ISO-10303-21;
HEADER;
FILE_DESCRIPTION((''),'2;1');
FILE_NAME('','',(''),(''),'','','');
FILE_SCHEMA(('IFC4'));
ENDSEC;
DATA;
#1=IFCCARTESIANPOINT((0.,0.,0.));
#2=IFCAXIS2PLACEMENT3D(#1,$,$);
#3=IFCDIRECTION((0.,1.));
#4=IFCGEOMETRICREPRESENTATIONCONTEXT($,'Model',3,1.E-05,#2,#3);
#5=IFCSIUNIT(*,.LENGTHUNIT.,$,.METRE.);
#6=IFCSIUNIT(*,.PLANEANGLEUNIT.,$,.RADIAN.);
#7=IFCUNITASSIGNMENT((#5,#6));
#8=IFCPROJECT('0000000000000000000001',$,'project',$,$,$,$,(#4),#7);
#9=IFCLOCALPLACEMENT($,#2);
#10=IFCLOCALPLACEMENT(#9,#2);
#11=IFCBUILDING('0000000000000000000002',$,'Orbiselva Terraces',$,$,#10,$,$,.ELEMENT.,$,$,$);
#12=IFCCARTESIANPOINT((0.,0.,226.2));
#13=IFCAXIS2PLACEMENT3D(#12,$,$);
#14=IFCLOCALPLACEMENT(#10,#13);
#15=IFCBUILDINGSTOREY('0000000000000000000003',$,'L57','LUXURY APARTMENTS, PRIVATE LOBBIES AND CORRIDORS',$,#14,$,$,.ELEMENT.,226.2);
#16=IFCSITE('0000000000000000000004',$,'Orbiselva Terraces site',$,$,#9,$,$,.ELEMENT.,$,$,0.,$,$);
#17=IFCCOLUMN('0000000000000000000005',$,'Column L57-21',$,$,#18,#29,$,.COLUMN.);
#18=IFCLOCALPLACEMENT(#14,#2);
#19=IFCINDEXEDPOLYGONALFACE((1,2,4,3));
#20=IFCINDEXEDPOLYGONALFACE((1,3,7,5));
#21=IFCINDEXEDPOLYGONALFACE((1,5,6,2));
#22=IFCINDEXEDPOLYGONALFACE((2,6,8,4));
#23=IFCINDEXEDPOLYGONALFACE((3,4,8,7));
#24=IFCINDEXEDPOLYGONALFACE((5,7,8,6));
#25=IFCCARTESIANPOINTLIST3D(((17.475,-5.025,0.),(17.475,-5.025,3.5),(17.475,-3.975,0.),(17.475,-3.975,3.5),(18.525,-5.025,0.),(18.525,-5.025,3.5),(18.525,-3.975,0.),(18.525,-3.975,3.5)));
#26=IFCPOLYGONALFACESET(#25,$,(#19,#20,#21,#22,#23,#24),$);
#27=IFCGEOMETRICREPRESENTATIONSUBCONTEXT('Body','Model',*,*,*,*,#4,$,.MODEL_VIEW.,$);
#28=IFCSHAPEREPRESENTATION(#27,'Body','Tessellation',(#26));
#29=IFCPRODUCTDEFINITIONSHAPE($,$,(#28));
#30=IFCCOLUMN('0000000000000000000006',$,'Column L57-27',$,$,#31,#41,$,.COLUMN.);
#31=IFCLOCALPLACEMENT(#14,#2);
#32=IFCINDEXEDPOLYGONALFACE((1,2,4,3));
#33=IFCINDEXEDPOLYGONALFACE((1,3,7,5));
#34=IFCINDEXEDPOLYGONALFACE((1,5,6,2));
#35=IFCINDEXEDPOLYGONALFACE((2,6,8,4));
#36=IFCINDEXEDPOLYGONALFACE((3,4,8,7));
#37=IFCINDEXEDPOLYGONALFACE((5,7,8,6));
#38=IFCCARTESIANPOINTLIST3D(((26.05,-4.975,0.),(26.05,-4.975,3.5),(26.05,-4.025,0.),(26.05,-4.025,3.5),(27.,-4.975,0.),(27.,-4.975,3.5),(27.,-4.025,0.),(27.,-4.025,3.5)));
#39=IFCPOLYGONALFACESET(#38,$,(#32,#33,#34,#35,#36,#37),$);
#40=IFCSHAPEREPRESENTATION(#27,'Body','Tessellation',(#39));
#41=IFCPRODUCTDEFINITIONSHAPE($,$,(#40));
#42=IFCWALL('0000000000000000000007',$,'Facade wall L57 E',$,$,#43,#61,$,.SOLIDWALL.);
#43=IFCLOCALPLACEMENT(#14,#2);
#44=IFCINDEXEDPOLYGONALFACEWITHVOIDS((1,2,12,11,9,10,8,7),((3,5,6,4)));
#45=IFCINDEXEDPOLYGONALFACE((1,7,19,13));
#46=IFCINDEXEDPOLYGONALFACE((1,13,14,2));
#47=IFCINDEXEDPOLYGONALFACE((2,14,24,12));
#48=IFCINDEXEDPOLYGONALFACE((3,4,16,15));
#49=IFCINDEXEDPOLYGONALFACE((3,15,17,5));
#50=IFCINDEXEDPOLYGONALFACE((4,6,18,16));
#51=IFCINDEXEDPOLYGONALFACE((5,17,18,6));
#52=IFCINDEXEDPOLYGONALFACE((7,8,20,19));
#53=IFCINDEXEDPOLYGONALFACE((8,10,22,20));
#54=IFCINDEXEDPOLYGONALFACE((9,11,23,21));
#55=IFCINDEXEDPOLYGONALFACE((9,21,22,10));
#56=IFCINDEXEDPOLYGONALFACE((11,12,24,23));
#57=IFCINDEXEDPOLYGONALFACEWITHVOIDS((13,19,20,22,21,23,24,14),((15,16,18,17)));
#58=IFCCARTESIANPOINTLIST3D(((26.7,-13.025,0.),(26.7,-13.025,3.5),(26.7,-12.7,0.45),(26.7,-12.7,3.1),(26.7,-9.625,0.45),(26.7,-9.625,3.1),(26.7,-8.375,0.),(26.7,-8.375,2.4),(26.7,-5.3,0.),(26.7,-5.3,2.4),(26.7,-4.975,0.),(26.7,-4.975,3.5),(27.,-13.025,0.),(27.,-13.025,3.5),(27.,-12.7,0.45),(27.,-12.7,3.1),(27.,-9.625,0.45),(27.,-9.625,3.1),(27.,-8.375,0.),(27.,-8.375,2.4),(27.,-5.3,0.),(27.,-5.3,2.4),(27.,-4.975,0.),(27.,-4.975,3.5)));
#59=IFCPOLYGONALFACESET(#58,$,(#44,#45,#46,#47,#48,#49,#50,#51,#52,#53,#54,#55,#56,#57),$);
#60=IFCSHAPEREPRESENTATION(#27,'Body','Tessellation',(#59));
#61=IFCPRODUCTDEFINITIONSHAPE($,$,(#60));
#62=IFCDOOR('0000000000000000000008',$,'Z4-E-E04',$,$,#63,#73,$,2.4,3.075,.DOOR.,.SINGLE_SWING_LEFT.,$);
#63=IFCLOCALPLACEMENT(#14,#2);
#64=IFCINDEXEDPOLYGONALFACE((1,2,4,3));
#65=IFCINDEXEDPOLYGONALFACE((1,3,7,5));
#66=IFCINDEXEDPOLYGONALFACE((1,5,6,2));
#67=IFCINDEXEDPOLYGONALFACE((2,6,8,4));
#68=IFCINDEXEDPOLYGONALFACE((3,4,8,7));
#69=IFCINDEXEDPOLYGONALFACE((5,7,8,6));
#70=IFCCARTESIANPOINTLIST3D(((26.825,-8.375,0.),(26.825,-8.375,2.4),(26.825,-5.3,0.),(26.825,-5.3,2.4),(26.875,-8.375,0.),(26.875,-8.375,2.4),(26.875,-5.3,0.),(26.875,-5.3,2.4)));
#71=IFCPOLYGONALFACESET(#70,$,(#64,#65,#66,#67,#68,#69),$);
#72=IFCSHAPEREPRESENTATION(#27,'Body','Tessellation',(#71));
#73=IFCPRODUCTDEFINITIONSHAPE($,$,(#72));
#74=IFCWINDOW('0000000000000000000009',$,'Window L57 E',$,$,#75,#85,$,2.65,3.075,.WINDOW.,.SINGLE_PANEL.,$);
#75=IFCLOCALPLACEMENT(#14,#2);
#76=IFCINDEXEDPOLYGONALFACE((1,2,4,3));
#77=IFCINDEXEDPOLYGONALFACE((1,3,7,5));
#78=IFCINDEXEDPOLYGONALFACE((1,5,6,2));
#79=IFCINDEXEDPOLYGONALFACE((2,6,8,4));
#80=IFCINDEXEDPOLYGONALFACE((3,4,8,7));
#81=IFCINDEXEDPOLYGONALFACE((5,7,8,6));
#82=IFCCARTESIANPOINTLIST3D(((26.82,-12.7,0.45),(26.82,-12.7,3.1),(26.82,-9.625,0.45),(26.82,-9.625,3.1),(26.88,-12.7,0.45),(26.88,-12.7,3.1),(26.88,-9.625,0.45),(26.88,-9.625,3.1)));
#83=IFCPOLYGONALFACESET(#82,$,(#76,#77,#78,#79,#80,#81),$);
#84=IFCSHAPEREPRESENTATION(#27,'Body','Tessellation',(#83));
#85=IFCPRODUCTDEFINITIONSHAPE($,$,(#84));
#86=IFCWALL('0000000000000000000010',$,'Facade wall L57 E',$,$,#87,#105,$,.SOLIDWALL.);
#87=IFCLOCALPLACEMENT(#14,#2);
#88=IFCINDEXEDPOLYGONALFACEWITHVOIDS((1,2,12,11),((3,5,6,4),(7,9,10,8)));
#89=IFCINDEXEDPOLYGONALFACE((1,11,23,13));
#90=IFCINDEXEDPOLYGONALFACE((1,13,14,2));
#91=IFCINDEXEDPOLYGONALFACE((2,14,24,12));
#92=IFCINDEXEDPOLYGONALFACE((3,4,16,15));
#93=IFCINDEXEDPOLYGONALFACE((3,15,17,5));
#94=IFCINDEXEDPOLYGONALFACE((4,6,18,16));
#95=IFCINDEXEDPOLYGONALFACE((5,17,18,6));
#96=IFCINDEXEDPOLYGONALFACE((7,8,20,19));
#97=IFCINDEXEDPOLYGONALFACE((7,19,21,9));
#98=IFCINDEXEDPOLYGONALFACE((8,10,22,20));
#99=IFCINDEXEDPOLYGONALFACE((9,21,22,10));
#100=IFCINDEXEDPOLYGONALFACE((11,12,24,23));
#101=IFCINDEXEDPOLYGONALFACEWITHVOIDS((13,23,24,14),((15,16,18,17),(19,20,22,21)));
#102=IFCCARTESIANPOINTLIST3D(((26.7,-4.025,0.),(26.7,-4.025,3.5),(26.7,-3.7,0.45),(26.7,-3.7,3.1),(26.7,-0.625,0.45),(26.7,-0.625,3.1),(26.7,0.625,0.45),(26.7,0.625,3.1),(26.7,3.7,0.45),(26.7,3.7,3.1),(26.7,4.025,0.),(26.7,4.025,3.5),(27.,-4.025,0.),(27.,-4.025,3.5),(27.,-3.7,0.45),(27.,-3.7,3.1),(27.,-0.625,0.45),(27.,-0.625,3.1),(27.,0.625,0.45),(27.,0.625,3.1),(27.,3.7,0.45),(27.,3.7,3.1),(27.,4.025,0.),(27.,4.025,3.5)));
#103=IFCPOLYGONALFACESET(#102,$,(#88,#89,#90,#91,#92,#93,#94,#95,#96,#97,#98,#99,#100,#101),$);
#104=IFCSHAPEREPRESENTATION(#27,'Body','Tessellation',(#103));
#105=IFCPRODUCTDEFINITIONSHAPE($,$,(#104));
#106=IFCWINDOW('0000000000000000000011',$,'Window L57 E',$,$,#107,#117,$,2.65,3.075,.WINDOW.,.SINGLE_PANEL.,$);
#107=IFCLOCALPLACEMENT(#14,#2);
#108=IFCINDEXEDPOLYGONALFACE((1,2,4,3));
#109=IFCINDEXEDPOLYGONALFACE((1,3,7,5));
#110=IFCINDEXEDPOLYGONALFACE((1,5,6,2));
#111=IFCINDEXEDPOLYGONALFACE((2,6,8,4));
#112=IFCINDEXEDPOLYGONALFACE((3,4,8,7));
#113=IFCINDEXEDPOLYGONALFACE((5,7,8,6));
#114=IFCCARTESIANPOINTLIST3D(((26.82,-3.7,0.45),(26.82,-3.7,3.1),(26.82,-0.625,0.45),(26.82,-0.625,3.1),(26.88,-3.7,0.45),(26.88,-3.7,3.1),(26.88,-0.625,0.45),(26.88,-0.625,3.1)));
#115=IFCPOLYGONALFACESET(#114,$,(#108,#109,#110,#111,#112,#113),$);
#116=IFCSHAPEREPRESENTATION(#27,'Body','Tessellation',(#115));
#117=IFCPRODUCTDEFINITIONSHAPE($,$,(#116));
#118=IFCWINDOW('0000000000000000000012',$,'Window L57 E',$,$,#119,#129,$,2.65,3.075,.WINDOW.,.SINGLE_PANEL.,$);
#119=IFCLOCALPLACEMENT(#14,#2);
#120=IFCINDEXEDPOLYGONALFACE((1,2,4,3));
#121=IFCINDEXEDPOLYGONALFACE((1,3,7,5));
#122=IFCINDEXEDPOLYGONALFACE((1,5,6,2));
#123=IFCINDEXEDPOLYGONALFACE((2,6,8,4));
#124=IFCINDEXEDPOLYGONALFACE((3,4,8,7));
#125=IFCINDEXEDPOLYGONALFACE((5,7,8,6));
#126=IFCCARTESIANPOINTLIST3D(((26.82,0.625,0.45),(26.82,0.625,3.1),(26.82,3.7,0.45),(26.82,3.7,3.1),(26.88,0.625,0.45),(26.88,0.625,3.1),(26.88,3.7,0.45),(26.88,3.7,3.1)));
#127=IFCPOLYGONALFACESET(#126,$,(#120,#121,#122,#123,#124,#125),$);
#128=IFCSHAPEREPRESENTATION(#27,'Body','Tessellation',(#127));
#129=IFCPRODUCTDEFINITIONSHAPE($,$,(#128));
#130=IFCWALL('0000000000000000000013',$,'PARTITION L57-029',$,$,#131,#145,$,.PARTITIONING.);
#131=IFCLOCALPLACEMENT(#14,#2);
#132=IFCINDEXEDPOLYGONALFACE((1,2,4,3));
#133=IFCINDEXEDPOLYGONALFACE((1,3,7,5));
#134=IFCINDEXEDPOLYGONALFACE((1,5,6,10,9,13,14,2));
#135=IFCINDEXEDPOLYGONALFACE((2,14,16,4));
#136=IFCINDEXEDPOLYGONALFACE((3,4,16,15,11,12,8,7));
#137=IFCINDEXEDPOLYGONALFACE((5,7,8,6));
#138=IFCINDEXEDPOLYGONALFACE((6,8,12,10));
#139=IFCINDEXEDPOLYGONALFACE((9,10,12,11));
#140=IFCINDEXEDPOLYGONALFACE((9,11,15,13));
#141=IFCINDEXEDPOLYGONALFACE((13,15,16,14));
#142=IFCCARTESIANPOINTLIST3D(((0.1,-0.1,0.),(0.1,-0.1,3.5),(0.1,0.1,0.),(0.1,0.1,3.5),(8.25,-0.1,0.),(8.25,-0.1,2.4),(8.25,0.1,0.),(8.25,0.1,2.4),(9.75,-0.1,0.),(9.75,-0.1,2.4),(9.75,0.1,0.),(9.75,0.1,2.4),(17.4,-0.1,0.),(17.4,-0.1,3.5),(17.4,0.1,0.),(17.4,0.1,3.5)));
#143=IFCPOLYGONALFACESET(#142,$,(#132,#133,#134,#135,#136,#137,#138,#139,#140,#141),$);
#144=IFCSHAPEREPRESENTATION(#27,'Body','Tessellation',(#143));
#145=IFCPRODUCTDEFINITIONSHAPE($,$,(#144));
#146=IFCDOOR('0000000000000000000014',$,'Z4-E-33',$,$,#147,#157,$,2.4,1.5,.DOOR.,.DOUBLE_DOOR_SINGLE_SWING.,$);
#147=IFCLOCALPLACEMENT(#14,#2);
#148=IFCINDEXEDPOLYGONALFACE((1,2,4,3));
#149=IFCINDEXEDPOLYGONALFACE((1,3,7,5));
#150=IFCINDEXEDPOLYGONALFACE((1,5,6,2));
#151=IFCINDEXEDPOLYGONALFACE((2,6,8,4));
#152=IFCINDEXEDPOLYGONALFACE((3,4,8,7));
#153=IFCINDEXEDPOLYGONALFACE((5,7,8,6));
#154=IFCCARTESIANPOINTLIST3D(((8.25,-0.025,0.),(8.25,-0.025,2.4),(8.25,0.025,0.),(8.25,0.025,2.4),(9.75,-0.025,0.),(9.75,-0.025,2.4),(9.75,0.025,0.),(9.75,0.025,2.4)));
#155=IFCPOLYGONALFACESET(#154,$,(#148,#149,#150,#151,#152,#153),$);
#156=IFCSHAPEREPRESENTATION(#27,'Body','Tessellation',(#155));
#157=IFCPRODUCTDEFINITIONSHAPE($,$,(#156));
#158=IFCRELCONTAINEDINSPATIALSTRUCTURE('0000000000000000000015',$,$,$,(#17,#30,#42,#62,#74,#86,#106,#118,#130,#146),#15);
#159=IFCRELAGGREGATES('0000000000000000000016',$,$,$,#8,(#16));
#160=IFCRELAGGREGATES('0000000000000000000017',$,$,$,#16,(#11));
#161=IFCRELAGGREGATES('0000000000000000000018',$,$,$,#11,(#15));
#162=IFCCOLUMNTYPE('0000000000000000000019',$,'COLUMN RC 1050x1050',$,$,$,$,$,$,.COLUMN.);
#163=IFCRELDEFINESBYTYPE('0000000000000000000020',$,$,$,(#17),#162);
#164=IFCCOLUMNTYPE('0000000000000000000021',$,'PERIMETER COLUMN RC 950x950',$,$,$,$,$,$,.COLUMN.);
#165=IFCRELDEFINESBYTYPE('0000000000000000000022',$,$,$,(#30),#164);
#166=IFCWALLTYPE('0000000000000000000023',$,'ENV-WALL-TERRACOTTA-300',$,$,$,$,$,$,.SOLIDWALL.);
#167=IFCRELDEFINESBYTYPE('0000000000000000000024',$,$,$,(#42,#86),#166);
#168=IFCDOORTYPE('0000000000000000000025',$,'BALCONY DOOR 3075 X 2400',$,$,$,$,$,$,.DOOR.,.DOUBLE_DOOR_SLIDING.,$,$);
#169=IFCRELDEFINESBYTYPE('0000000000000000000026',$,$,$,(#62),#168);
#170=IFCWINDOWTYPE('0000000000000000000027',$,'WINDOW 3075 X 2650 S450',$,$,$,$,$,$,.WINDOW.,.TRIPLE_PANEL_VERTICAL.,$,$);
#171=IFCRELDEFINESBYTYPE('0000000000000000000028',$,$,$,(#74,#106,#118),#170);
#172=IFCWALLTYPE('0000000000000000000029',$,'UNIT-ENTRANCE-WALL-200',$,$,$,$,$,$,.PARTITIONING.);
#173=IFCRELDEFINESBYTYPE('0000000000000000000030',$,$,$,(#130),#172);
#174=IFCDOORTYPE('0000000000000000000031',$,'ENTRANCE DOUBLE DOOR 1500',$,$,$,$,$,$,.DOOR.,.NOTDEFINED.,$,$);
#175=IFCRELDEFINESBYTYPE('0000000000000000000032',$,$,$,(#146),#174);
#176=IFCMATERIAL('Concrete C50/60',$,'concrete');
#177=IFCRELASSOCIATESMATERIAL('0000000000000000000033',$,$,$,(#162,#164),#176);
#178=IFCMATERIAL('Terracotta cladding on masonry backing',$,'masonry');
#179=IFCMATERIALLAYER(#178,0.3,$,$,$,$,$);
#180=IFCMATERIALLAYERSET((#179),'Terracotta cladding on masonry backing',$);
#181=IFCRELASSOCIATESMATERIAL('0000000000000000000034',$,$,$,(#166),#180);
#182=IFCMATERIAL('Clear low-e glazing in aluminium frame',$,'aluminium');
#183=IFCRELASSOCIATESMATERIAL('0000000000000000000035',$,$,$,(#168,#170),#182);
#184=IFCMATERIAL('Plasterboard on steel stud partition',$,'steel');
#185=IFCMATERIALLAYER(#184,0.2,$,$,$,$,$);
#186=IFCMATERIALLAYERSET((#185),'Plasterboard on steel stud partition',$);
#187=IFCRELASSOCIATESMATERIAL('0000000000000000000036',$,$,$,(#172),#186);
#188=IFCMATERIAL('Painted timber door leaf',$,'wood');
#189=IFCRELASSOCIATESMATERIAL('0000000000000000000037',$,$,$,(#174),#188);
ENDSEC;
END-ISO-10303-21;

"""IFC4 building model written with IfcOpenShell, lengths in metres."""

from ifc_helpers import new_model, si_unit, direction, frame, frame_2d, origin, origin_2d, place, context, subcontext, project, spatial, rectangle, extrude, material, layer, layer_set, material_profile, profile_set, type_object, element, fill, save


model = new_model("IFC4")

# Units and contexts
model_context = context("Model", 3, precision=1e-05, world=origin(), true_north=direction((0.0, 1.0)))
body_context = subcontext(model_context, "Body", "Model", "MODEL_VIEW")
ifc_project = project(units=[si_unit("LENGTHUNIT", "METRE"), si_unit("PLANEANGLEUNIT", "RADIAN")], contexts=[model_context])

# Site, building, storey
site_placement = place(None, origin())
site = spatial("IfcSite", under=ifc_project, at=site_placement, Name="Orbiselva Terraces site", CompositionType="ELEMENT", RefElevation=0.0)
building_placement = place(site_placement, origin())
building = spatial("IfcBuilding", under=site, at=building_placement, Name="Orbiselva Terraces", CompositionType="ELEMENT")
storey_placement = place(building_placement, frame((0.0, 0.0, 226.2)))
storey = spatial("IfcBuildingStorey", under=building, at=storey_placement, Name="L57", Description="LUXURY APARTMENTS, PRIVATE LOBBIES AND CORRIDORS", CompositionType="ELEMENT", Elevation=226.2)

# Columns
ifc_material_1 = material(Name="Concrete C50/60", Category="concrete")
ifc_material_profile_1 = material_profile(ifc_material_1, rectangle(XDim=1.05, YDim=1.05, at=origin_2d()), Name="RC 1050x1050")
ifc_profile_set_1 = profile_set([ifc_material_profile_1], Name="Concrete C50/60")
column_type_1 = type_object("IfcColumnType", Name="COLUMN RC 1050x1050", PredefinedType="COLUMN", material=ifc_profile_set_1)
column_1_placement = place(storey_placement, frame((18.0, -4.5, 0.0), z_axis=(0.0, 0.0, 1.0), x_axis=(1.0, 0.0, 0.0)))
element("IfcColumn", 1, at=column_1_placement, inside=storey, type_object=column_type_1, Name="Column L57-21", PredefinedType="COLUMN", context=body_context, shape_type="SweptSolid", body=[
    extrude(rectangle(XDim=1.05, YDim=1.05, at=origin_2d()), origin(), (0.0, 0.0, 1.0), 3.5),
])
ifc_material_profile_2 = material_profile(ifc_material_1, rectangle(XDim=0.95, YDim=0.95, at=origin_2d()), Name="RC 950x950")
ifc_profile_set_2 = profile_set([ifc_material_profile_2], Name="Concrete C50/60")
column_type_2 = type_object("IfcColumnType", Name="PERIMETER COLUMN RC 950x950", PredefinedType="COLUMN", material=ifc_profile_set_2)
column_2_placement = place(storey_placement, frame((26.525, -4.5, 0.0), z_axis=(0.0, 0.0, 1.0), x_axis=(1.0, 0.0, 0.0)))
element("IfcColumn", 2, at=column_2_placement, inside=storey, type_object=column_type_2, Name="Column L57-27", PredefinedType="COLUMN", context=body_context, shape_type="SweptSolid", body=[
    extrude(rectangle(XDim=0.95, YDim=0.95, at=origin_2d()), origin(), (0.0, 0.0, 1.0), 3.5),
])

# Wall, openings, door, window
ifc_material_2 = material(Name="Terracotta cladding on masonry backing", Category="masonry")
ifc_layer_1 = layer(ifc_material_2, 0.3)
ifc_layer_set_1 = layer_set([ifc_layer_1], Name="Terracotta cladding on masonry backing")
wall_type_1 = type_object("IfcWallType", Name="ENV-WALL-TERRACOTTA-300", PredefinedType="SOLIDWALL", material=ifc_layer_set_1)
wall_1_placement = place(storey_placement, frame((26.85, -4.975, 0.0), z_axis=(0.0, 0.0, 1.0), x_axis=(0.0, -1.0, 0.0)))
wall_1 = element("IfcWall", 3, at=wall_1_placement, inside=storey, type_object=wall_type_1, Name="Facade wall L57 E", PredefinedType="SOLIDWALL", context=body_context, shape_type="SweptSolid", body=[
    extrude(rectangle(XDim=8.05, YDim=0.3, at=frame_2d((4.025, 0.0))), origin(), (0.0, 0.0, 1.0), 3.5),
])
opening_1_placement = place(wall_1_placement, frame((4.65, 0.0, 0.45)))
opening_1 = element("IfcOpeningElement", 4, at=opening_1_placement, cuts=wall_1, PredefinedType="OPENING", context=body_context, shape_type="SweptSolid", body=[
    extrude(rectangle(XDim=3.075, YDim=2.65, at=frame_2d((1.5375, 1.325))), frame((0.0, 0.16, 0.0), z_axis=(0.0, -1.0, 0.0), x_axis=(1.0, 0.0, 0.0)), (0.0, 0.0, 1.0), 0.32),
])
opening_2_placement = place(wall_1_placement, frame((0.325, 0.0, 0.0)))
opening_2 = element("IfcOpeningElement", 5, at=opening_2_placement, cuts=wall_1, PredefinedType="OPENING", context=body_context, shape_type="SweptSolid", body=[
    extrude(rectangle(XDim=3.075, YDim=2.4, at=frame_2d((1.5375, 1.2))), frame((0.0, 0.16, 0.0), z_axis=(0.0, -1.0, 0.0), x_axis=(1.0, 0.0, 0.0)), (0.0, 0.0, 1.0), 0.32),
])
ifc_material_3 = material(Name="Clear low-e glazing in aluminium frame", Category="aluminium")
door_type_1 = type_object("IfcDoorType", Name="BALCONY DOOR 3075 X 2400", OperationType="DOUBLE_DOOR_SLIDING", PredefinedType="DOOR", material=ifc_material_3)
door_1_placement = place(opening_2_placement, origin())
door_1 = element("IfcDoor", 6, at=door_1_placement, inside=storey, type_object=door_type_1, Name="Z4-E-E04", OperationType="SINGLE_SWING_LEFT", OverallHeight=2.4, OverallWidth=3.075, PredefinedType="DOOR", context=body_context, shape_type="SweptSolid", body=[
    extrude(rectangle(XDim=3.075, YDim=2.4, at=frame_2d((1.5375, 1.2))), frame((0.0, 0.025, 0.0), z_axis=(0.0, -1.0, 0.0), x_axis=(1.0, 0.0, 0.0)), (0.0, 0.0, 1.0), 0.05),
])
fill(opening_2, door_1)
window_type = type_object("IfcWindowType", Name="WINDOW 3075 X 2650 S450", PartitioningType="TRIPLE_PANEL_VERTICAL", PredefinedType="WINDOW", material=ifc_material_3)
window_1_placement = place(opening_1_placement, origin())
window_1 = element("IfcWindow", 7, at=window_1_placement, inside=storey, type_object=window_type, Name="Window L57 E", OverallHeight=2.65, OverallWidth=3.075, PartitioningType="SINGLE_PANEL", PredefinedType="WINDOW", context=body_context, shape_type="SweptSolid", body=[
    extrude(rectangle(XDim=3.075, YDim=2.65, at=frame_2d((1.5375, 1.325))), frame((0.0, 0.03, 0.0), z_axis=(0.0, -1.0, 0.0), x_axis=(1.0, 0.0, 0.0)), (0.0, 0.0, 1.0), 0.06),
])
fill(opening_1, window_1)

# Wall, openings, windows
wall_2_placement = place(storey_placement, frame((26.85, 4.025, 0.0), z_axis=(0.0, 0.0, 1.0), x_axis=(0.0, -1.0, 0.0)))
wall_2 = element("IfcWall", 8, at=wall_2_placement, inside=storey, type_object=wall_type_1, Name="Facade wall L57 E", PredefinedType="SOLIDWALL", context=body_context, shape_type="SweptSolid", body=[
    extrude(rectangle(XDim=8.05, YDim=0.3, at=frame_2d((4.025, 0.0))), origin(), (0.0, 0.0, 1.0), 3.5),
])
opening_3_placement = place(wall_2_placement, frame((4.65, 0.0, 0.45)))
opening_3 = element("IfcOpeningElement", 9, at=opening_3_placement, cuts=wall_2, PredefinedType="OPENING", context=body_context, shape_type="SweptSolid", body=[
    extrude(rectangle(XDim=3.075, YDim=2.65, at=frame_2d((1.5375, 1.325))), frame((0.0, 0.16, 0.0), z_axis=(0.0, -1.0, 0.0), x_axis=(1.0, 0.0, 0.0)), (0.0, 0.0, 1.0), 0.32),
])
opening_4_placement = place(wall_2_placement, frame((0.325, 0.0, 0.45)))
opening_4 = element("IfcOpeningElement", 10, at=opening_4_placement, cuts=wall_2, PredefinedType="OPENING", context=body_context, shape_type="SweptSolid", body=[
    extrude(rectangle(XDim=3.075, YDim=2.65, at=frame_2d((1.5375, 1.325))), frame((0.0, 0.16, 0.0), z_axis=(0.0, -1.0, 0.0), x_axis=(1.0, 0.0, 0.0)), (0.0, 0.0, 1.0), 0.32),
])
window_2_placement = place(opening_3_placement, origin())
window_2 = element("IfcWindow", 11, at=window_2_placement, inside=storey, type_object=window_type, Name="Window L57 E", OverallHeight=2.65, OverallWidth=3.075, PartitioningType="SINGLE_PANEL", PredefinedType="WINDOW", context=body_context, shape_type="SweptSolid", body=[
    extrude(rectangle(XDim=3.075, YDim=2.65, at=frame_2d((1.5375, 1.325))), frame((0.0, 0.03, 0.0), z_axis=(0.0, -1.0, 0.0), x_axis=(1.0, 0.0, 0.0)), (0.0, 0.0, 1.0), 0.06),
])
fill(opening_3, window_2)
window_3_placement = place(opening_4_placement, origin())
window_3 = element("IfcWindow", 12, at=window_3_placement, inside=storey, type_object=window_type, Name="Window L57 E", OverallHeight=2.65, OverallWidth=3.075, PartitioningType="SINGLE_PANEL", PredefinedType="WINDOW", context=body_context, shape_type="SweptSolid", body=[
    extrude(rectangle(XDim=3.075, YDim=2.65, at=frame_2d((1.5375, 1.325))), frame((0.0, 0.03, 0.0), z_axis=(0.0, -1.0, 0.0), x_axis=(1.0, 0.0, 0.0)), (0.0, 0.0, 1.0), 0.06),
])
fill(opening_4, window_3)

# Wall, opening, door
ifc_material_4 = material(Name="Plasterboard on steel stud partition", Category="steel")
ifc_layer_2 = layer(ifc_material_4, 0.2)
ifc_layer_set_2 = layer_set([ifc_layer_2], Name="Plasterboard on steel stud partition")
wall_type_2 = type_object("IfcWallType", Name="UNIT-ENTRANCE-WALL-200", PredefinedType="PARTITIONING", material=ifc_layer_set_2)
wall_3_placement = place(storey_placement, frame((17.4, 0.0, 0.0), z_axis=(0.0, 0.0, 1.0), x_axis=(-1.0, 0.0, 0.0)))
wall_3 = element("IfcWall", 13, at=wall_3_placement, inside=storey, type_object=wall_type_2, Name="PARTITION L57-029", PredefinedType="PARTITIONING", context=body_context, shape_type="SweptSolid", body=[
    extrude(rectangle(XDim=17.3, YDim=0.2, at=frame_2d((8.65, 0.0))), origin(), (0.0, 0.0, 1.0), 3.5),
])
opening_5_placement = place(wall_3_placement, frame((7.65, 0.0, 0.0)))
opening_5 = element("IfcOpeningElement", 14, at=opening_5_placement, cuts=wall_3, PredefinedType="OPENING", context=body_context, shape_type="SweptSolid", body=[
    extrude(rectangle(XDim=1.5, YDim=2.4, at=frame_2d((0.75, 1.2))), frame((0.0, 0.11, 0.0), z_axis=(0.0, -1.0, 0.0), x_axis=(1.0, 0.0, 0.0)), (0.0, 0.0, 1.0), 0.22),
])
ifc_material_5 = material(Name="Painted timber door leaf", Category="wood")
door_type_2 = type_object("IfcDoorType", Name="ENTRANCE DOUBLE DOOR 1500", OperationType="NOTDEFINED", PredefinedType="DOOR", material=ifc_material_5)
door_2_placement = place(opening_5_placement, origin())
door_2 = element("IfcDoor", 15, at=door_2_placement, inside=storey, type_object=door_type_2, Name="Z4-E-33", OperationType="DOUBLE_DOOR_SINGLE_SWING", OverallHeight=2.4, OverallWidth=1.5, PredefinedType="DOOR", context=body_context, shape_type="SweptSolid", body=[
    extrude(rectangle(XDim=1.5, YDim=2.4, at=frame_2d((0.75, 1.2))), frame((0.0, 0.025, 0.0), z_axis=(0.0, -1.0, 0.0), x_axis=(1.0, 0.0, 0.0)), (0.0, 0.0, 1.0), 0.05),
])
fill(opening_5, door_2)

save(model, "model.ifc")
